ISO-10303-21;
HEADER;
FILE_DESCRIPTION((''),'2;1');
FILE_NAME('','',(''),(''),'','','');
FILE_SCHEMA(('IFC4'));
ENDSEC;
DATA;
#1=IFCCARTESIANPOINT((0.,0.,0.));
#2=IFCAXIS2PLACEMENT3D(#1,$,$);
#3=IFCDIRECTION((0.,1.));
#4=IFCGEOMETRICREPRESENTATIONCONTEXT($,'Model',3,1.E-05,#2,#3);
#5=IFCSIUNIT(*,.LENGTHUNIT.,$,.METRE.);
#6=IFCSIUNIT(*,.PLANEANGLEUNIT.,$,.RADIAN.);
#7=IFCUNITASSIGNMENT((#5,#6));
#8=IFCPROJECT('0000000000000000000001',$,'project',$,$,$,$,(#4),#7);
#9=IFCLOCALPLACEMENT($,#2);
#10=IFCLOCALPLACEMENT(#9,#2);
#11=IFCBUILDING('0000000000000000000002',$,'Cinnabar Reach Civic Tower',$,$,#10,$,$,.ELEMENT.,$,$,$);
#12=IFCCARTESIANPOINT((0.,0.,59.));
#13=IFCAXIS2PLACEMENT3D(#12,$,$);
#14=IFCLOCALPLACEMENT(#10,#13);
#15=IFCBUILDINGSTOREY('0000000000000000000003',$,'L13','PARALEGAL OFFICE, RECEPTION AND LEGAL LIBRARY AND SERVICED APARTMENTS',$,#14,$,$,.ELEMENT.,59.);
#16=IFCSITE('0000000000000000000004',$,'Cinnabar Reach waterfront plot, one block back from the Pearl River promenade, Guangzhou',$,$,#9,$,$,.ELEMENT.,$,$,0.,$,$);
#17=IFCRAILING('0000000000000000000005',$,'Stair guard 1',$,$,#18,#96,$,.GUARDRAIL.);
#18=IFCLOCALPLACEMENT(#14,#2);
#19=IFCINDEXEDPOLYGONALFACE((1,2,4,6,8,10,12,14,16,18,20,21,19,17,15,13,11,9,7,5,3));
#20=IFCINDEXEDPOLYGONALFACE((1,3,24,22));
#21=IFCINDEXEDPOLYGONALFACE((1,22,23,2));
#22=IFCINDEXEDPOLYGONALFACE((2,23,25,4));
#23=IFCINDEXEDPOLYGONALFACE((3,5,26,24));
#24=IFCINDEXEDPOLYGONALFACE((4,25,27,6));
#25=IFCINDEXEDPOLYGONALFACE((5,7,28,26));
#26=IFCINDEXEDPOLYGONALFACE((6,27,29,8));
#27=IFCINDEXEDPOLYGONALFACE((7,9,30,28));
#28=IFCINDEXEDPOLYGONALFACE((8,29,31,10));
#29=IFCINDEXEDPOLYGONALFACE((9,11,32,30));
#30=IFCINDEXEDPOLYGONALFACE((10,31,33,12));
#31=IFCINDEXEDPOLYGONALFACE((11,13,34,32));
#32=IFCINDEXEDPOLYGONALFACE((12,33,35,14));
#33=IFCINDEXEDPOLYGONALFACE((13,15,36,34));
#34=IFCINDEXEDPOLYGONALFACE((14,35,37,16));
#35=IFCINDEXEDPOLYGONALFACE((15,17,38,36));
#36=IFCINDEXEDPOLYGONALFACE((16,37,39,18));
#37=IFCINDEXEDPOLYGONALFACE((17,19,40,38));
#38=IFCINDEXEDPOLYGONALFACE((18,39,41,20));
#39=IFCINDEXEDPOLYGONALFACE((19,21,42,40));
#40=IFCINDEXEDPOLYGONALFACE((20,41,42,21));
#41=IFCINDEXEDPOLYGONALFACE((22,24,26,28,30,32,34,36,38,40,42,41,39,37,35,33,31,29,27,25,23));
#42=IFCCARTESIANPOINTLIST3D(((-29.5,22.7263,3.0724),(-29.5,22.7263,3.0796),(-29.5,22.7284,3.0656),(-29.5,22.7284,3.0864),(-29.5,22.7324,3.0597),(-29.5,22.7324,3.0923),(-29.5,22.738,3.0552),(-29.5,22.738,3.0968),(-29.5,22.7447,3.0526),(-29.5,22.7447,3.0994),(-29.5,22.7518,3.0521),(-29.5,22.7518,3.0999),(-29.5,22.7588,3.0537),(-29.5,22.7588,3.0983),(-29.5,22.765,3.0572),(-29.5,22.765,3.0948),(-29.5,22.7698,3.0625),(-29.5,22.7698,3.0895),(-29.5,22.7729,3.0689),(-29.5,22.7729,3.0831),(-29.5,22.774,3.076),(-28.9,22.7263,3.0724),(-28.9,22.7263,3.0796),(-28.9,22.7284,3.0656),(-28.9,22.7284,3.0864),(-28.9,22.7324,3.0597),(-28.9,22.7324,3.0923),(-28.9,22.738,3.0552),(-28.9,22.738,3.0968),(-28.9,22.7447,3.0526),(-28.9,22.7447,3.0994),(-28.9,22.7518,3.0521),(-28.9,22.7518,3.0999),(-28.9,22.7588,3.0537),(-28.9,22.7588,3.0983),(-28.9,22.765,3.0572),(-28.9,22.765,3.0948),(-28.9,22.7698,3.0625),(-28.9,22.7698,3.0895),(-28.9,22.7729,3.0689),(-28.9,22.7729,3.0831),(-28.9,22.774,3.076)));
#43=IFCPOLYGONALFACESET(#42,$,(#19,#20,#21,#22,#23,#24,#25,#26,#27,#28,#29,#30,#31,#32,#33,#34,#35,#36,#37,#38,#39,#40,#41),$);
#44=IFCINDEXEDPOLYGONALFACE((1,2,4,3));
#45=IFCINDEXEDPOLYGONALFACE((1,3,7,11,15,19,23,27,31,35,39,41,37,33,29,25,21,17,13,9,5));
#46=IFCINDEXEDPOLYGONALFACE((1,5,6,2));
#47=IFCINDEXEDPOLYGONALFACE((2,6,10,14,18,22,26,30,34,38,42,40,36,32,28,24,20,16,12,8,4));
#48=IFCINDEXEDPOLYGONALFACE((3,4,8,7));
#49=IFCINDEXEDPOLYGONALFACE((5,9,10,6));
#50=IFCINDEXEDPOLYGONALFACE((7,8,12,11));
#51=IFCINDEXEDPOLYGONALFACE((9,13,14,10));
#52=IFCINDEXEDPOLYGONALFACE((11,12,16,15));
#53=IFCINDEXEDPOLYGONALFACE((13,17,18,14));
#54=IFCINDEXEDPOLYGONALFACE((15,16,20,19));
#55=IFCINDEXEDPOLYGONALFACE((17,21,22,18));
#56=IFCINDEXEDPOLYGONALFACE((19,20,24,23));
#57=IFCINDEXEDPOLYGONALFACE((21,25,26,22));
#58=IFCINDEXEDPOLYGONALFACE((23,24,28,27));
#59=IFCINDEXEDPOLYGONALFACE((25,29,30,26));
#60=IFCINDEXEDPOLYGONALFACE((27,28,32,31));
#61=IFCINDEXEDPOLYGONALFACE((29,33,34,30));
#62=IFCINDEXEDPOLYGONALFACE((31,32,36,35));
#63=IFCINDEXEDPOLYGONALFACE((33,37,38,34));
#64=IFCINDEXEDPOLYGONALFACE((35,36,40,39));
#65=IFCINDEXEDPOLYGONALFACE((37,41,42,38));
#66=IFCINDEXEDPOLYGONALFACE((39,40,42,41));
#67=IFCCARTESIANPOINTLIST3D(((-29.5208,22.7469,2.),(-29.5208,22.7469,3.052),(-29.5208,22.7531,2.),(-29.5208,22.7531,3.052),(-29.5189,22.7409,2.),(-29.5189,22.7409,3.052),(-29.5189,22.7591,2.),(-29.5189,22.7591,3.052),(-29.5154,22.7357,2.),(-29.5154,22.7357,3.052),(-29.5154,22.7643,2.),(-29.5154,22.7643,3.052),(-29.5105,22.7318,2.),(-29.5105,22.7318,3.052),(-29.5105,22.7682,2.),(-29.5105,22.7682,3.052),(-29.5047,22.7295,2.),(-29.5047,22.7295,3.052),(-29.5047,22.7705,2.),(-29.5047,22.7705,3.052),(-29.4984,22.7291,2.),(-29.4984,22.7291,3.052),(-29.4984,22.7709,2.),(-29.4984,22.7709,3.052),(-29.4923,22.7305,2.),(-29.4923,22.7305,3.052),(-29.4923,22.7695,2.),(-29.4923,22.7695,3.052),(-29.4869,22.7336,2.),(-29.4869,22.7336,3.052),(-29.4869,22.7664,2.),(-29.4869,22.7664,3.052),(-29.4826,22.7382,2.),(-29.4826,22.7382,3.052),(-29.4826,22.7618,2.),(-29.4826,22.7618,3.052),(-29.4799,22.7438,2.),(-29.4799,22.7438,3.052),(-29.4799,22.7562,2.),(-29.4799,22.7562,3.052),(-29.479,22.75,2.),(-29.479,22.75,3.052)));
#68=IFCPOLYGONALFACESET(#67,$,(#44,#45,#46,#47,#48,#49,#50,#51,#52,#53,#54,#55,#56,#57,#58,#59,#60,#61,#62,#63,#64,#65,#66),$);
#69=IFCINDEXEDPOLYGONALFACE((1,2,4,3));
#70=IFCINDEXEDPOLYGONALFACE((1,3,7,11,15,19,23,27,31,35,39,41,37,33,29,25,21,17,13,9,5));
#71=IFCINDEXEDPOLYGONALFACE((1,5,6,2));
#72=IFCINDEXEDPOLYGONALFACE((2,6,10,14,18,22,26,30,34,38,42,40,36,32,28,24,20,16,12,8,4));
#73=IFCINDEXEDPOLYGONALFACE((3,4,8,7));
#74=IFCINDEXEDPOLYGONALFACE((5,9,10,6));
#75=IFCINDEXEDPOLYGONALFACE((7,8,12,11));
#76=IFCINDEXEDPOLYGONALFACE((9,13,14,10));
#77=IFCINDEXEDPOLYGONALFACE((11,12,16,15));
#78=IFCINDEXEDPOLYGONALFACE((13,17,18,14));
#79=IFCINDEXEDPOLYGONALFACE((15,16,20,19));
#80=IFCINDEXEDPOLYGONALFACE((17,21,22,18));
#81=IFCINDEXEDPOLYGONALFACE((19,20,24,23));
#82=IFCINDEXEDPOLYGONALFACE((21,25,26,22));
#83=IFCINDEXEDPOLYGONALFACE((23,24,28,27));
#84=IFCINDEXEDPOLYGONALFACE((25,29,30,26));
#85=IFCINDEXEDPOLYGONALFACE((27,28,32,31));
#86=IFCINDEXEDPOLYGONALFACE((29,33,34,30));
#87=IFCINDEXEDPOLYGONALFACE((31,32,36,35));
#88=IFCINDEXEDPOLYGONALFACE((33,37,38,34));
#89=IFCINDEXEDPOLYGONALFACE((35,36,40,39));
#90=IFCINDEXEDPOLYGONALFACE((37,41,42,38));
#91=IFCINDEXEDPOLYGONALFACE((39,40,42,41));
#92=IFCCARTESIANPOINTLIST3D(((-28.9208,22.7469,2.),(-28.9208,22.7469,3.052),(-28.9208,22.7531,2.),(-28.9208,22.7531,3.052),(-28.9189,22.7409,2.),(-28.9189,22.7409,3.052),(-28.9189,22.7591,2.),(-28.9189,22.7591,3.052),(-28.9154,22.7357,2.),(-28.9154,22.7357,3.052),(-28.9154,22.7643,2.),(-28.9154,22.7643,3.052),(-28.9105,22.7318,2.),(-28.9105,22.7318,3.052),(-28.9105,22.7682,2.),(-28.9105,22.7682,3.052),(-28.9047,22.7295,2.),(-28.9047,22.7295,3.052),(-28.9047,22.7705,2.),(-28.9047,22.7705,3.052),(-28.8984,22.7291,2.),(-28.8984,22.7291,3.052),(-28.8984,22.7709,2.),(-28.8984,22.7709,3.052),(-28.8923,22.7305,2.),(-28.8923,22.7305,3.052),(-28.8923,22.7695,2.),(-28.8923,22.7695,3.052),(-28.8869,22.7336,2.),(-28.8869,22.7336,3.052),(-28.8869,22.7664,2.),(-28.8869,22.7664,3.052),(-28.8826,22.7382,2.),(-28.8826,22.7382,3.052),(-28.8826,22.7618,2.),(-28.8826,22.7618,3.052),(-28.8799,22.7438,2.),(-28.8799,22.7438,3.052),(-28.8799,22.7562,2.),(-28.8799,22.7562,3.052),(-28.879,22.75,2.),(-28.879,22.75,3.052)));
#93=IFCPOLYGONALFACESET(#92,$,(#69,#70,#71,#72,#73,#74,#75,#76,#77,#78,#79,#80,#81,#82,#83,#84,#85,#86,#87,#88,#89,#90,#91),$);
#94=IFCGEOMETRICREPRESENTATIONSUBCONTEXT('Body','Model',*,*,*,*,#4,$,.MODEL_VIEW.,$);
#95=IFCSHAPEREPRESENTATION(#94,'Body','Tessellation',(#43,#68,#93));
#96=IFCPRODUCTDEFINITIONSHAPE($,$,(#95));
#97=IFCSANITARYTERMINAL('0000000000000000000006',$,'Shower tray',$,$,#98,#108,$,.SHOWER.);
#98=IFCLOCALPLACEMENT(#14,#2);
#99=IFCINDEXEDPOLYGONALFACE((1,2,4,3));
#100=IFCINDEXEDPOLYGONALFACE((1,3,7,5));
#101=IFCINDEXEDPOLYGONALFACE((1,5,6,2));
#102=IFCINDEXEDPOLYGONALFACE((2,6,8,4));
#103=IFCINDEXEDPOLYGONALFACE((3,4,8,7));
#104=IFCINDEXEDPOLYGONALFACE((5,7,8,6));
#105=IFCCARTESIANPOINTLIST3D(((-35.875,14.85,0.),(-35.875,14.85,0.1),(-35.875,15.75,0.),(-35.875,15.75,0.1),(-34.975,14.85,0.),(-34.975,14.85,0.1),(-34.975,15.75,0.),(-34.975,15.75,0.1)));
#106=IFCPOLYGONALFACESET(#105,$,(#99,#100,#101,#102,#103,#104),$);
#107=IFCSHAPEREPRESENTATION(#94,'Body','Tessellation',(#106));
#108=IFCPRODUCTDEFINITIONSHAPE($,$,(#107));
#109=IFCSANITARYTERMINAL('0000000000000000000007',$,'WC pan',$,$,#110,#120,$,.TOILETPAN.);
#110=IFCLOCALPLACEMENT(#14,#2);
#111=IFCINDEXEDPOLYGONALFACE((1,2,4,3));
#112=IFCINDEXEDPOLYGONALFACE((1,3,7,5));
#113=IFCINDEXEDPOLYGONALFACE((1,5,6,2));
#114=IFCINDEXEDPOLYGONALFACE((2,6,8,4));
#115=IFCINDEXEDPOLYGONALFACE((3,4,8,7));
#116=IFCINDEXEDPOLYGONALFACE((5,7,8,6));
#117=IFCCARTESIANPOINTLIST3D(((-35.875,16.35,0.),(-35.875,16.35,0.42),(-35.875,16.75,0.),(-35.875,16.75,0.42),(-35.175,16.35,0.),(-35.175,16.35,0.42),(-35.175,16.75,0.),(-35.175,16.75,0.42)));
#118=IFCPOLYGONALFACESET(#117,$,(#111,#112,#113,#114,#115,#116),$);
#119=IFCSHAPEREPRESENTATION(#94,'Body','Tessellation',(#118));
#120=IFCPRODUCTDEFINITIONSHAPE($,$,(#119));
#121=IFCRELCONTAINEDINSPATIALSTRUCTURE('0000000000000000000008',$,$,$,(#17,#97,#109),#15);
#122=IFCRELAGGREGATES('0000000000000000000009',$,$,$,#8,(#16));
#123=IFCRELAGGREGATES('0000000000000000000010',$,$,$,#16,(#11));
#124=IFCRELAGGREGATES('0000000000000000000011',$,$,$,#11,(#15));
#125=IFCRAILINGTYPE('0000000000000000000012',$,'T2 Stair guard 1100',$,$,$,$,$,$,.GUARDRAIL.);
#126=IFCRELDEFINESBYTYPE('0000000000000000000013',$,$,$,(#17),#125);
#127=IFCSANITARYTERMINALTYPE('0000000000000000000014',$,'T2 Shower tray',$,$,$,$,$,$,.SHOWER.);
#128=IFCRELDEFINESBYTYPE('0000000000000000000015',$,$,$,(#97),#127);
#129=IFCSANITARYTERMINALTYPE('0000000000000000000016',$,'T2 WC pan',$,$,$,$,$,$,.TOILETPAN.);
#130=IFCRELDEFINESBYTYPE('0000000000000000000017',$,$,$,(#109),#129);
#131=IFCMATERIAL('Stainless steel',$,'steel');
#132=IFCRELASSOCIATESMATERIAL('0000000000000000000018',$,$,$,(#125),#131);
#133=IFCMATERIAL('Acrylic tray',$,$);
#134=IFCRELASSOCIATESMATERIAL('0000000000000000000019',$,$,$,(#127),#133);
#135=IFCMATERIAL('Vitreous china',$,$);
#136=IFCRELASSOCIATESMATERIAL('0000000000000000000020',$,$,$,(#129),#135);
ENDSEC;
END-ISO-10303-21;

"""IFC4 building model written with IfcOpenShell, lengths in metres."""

from ifc_helpers import new_model, si_unit, direction, frame, origin, origin_2d, place, context, subcontext, project, spatial, rectangle, circle, extrude, material, type_object, element, save


model = new_model("IFC4")

# Units and contexts
model_context = context("Model", 3, precision=1e-05, world=origin(), true_north=direction((0.0, 1.0)))
body_context = subcontext(model_context, "Body", "Model", "MODEL_VIEW")
ifc_project = project(units=[si_unit("LENGTHUNIT", "METRE"), si_unit("PLANEANGLEUNIT", "RADIAN")], contexts=[model_context])

# Site, building, storey
site_placement = place(None, origin())
site = spatial("IfcSite", under=ifc_project, at=site_placement, Name="Cinnabar Reach waterfront plot, one block back from the Pearl River promenade, Guangzhou", CompositionType="ELEMENT", RefElevation=0.0)
building_placement = place(site_placement, origin())
building = spatial("IfcBuilding", under=site, at=building_placement, Name="Cinnabar Reach Civic Tower", CompositionType="ELEMENT")
storey_placement = place(building_placement, frame((0.0, 0.0, 59.0)))
storey = spatial("IfcBuildingStorey", under=building, at=storey_placement, Name="L13", Description="PARALEGAL OFFICE, RECEPTION AND LEGAL LIBRARY AND SERVICED APARTMENTS", CompositionType="ELEMENT", Elevation=59.0)

# Railing
ifc_material_1 = material(Name="Stainless steel", Category="steel")
railing_type = type_object("IfcRailingType", Name="T2 Stair guard 1100", PredefinedType="GUARDRAIL", material=ifc_material_1)
railing_placement = place(storey_placement, frame((-29.5, 22.75, 2.0)))
element("IfcRailing", 1, at=railing_placement, inside=storey, type_object=railing_type, Name="Stair guard 1", PredefinedType="GUARDRAIL", context=body_context, shape_type="SweptSolid", body=[
    extrude(circle(Radius=0.024, at=origin_2d()), frame((0.0, 0.0, 1.076), z_axis=(1.0, 0.0, 0.0), x_axis=(0.0, 1.0, 0.0)), (0.0, 0.0, 1.0), 0.6),
    extrude(circle(Radius=0.021, at=origin_2d()), origin(), (0.0, 0.0, 1.0), 1.052),
    extrude(circle(Radius=0.021, at=origin_2d()), frame((0.6, 0.0, 0.0)), (0.0, 0.0, 1.0), 1.052),
])

# Sanitary terminals
ifc_material_2 = material(Name="Acrylic tray")
sanitary_terminal_type_1 = type_object("IfcSanitaryTerminalType", Name="T2 Shower tray", PredefinedType="SHOWER", material=ifc_material_2)
sanitary_terminal_1_placement = place(storey_placement, frame((-35.425, 15.3, 0.0), z_axis=(0.0, 0.0, 1.0), x_axis=(1.0, 0.0, 0.0)))
element("IfcSanitaryTerminal", 2, at=sanitary_terminal_1_placement, inside=storey, type_object=sanitary_terminal_type_1, Name="Shower tray", PredefinedType="SHOWER", context=body_context, shape_type="SweptSolid", body=[
    extrude(rectangle(XDim=0.9, YDim=0.9, at=origin_2d()), origin(), (0.0, 0.0, 1.0), 0.1),
])
ifc_material_3 = material(Name="Vitreous china")
sanitary_terminal_type_2 = type_object("IfcSanitaryTerminalType", Name="T2 WC pan", PredefinedType="TOILETPAN", material=ifc_material_3)
sanitary_terminal_2_placement = place(storey_placement, frame((-35.525, 16.55, 0.0), z_axis=(0.0, 0.0, 1.0), x_axis=(1.0, 0.0, 0.0)))
element("IfcSanitaryTerminal", 3, at=sanitary_terminal_2_placement, inside=storey, type_object=sanitary_terminal_type_2, Name="WC pan", PredefinedType="TOILETPAN", context=body_context, shape_type="SweptSolid", body=[
    extrude(rectangle(XDim=0.7, YDim=0.4, at=origin_2d()), origin(), (0.0, 0.0, 1.0), 0.42),
])

save(model, "model.ifc")
